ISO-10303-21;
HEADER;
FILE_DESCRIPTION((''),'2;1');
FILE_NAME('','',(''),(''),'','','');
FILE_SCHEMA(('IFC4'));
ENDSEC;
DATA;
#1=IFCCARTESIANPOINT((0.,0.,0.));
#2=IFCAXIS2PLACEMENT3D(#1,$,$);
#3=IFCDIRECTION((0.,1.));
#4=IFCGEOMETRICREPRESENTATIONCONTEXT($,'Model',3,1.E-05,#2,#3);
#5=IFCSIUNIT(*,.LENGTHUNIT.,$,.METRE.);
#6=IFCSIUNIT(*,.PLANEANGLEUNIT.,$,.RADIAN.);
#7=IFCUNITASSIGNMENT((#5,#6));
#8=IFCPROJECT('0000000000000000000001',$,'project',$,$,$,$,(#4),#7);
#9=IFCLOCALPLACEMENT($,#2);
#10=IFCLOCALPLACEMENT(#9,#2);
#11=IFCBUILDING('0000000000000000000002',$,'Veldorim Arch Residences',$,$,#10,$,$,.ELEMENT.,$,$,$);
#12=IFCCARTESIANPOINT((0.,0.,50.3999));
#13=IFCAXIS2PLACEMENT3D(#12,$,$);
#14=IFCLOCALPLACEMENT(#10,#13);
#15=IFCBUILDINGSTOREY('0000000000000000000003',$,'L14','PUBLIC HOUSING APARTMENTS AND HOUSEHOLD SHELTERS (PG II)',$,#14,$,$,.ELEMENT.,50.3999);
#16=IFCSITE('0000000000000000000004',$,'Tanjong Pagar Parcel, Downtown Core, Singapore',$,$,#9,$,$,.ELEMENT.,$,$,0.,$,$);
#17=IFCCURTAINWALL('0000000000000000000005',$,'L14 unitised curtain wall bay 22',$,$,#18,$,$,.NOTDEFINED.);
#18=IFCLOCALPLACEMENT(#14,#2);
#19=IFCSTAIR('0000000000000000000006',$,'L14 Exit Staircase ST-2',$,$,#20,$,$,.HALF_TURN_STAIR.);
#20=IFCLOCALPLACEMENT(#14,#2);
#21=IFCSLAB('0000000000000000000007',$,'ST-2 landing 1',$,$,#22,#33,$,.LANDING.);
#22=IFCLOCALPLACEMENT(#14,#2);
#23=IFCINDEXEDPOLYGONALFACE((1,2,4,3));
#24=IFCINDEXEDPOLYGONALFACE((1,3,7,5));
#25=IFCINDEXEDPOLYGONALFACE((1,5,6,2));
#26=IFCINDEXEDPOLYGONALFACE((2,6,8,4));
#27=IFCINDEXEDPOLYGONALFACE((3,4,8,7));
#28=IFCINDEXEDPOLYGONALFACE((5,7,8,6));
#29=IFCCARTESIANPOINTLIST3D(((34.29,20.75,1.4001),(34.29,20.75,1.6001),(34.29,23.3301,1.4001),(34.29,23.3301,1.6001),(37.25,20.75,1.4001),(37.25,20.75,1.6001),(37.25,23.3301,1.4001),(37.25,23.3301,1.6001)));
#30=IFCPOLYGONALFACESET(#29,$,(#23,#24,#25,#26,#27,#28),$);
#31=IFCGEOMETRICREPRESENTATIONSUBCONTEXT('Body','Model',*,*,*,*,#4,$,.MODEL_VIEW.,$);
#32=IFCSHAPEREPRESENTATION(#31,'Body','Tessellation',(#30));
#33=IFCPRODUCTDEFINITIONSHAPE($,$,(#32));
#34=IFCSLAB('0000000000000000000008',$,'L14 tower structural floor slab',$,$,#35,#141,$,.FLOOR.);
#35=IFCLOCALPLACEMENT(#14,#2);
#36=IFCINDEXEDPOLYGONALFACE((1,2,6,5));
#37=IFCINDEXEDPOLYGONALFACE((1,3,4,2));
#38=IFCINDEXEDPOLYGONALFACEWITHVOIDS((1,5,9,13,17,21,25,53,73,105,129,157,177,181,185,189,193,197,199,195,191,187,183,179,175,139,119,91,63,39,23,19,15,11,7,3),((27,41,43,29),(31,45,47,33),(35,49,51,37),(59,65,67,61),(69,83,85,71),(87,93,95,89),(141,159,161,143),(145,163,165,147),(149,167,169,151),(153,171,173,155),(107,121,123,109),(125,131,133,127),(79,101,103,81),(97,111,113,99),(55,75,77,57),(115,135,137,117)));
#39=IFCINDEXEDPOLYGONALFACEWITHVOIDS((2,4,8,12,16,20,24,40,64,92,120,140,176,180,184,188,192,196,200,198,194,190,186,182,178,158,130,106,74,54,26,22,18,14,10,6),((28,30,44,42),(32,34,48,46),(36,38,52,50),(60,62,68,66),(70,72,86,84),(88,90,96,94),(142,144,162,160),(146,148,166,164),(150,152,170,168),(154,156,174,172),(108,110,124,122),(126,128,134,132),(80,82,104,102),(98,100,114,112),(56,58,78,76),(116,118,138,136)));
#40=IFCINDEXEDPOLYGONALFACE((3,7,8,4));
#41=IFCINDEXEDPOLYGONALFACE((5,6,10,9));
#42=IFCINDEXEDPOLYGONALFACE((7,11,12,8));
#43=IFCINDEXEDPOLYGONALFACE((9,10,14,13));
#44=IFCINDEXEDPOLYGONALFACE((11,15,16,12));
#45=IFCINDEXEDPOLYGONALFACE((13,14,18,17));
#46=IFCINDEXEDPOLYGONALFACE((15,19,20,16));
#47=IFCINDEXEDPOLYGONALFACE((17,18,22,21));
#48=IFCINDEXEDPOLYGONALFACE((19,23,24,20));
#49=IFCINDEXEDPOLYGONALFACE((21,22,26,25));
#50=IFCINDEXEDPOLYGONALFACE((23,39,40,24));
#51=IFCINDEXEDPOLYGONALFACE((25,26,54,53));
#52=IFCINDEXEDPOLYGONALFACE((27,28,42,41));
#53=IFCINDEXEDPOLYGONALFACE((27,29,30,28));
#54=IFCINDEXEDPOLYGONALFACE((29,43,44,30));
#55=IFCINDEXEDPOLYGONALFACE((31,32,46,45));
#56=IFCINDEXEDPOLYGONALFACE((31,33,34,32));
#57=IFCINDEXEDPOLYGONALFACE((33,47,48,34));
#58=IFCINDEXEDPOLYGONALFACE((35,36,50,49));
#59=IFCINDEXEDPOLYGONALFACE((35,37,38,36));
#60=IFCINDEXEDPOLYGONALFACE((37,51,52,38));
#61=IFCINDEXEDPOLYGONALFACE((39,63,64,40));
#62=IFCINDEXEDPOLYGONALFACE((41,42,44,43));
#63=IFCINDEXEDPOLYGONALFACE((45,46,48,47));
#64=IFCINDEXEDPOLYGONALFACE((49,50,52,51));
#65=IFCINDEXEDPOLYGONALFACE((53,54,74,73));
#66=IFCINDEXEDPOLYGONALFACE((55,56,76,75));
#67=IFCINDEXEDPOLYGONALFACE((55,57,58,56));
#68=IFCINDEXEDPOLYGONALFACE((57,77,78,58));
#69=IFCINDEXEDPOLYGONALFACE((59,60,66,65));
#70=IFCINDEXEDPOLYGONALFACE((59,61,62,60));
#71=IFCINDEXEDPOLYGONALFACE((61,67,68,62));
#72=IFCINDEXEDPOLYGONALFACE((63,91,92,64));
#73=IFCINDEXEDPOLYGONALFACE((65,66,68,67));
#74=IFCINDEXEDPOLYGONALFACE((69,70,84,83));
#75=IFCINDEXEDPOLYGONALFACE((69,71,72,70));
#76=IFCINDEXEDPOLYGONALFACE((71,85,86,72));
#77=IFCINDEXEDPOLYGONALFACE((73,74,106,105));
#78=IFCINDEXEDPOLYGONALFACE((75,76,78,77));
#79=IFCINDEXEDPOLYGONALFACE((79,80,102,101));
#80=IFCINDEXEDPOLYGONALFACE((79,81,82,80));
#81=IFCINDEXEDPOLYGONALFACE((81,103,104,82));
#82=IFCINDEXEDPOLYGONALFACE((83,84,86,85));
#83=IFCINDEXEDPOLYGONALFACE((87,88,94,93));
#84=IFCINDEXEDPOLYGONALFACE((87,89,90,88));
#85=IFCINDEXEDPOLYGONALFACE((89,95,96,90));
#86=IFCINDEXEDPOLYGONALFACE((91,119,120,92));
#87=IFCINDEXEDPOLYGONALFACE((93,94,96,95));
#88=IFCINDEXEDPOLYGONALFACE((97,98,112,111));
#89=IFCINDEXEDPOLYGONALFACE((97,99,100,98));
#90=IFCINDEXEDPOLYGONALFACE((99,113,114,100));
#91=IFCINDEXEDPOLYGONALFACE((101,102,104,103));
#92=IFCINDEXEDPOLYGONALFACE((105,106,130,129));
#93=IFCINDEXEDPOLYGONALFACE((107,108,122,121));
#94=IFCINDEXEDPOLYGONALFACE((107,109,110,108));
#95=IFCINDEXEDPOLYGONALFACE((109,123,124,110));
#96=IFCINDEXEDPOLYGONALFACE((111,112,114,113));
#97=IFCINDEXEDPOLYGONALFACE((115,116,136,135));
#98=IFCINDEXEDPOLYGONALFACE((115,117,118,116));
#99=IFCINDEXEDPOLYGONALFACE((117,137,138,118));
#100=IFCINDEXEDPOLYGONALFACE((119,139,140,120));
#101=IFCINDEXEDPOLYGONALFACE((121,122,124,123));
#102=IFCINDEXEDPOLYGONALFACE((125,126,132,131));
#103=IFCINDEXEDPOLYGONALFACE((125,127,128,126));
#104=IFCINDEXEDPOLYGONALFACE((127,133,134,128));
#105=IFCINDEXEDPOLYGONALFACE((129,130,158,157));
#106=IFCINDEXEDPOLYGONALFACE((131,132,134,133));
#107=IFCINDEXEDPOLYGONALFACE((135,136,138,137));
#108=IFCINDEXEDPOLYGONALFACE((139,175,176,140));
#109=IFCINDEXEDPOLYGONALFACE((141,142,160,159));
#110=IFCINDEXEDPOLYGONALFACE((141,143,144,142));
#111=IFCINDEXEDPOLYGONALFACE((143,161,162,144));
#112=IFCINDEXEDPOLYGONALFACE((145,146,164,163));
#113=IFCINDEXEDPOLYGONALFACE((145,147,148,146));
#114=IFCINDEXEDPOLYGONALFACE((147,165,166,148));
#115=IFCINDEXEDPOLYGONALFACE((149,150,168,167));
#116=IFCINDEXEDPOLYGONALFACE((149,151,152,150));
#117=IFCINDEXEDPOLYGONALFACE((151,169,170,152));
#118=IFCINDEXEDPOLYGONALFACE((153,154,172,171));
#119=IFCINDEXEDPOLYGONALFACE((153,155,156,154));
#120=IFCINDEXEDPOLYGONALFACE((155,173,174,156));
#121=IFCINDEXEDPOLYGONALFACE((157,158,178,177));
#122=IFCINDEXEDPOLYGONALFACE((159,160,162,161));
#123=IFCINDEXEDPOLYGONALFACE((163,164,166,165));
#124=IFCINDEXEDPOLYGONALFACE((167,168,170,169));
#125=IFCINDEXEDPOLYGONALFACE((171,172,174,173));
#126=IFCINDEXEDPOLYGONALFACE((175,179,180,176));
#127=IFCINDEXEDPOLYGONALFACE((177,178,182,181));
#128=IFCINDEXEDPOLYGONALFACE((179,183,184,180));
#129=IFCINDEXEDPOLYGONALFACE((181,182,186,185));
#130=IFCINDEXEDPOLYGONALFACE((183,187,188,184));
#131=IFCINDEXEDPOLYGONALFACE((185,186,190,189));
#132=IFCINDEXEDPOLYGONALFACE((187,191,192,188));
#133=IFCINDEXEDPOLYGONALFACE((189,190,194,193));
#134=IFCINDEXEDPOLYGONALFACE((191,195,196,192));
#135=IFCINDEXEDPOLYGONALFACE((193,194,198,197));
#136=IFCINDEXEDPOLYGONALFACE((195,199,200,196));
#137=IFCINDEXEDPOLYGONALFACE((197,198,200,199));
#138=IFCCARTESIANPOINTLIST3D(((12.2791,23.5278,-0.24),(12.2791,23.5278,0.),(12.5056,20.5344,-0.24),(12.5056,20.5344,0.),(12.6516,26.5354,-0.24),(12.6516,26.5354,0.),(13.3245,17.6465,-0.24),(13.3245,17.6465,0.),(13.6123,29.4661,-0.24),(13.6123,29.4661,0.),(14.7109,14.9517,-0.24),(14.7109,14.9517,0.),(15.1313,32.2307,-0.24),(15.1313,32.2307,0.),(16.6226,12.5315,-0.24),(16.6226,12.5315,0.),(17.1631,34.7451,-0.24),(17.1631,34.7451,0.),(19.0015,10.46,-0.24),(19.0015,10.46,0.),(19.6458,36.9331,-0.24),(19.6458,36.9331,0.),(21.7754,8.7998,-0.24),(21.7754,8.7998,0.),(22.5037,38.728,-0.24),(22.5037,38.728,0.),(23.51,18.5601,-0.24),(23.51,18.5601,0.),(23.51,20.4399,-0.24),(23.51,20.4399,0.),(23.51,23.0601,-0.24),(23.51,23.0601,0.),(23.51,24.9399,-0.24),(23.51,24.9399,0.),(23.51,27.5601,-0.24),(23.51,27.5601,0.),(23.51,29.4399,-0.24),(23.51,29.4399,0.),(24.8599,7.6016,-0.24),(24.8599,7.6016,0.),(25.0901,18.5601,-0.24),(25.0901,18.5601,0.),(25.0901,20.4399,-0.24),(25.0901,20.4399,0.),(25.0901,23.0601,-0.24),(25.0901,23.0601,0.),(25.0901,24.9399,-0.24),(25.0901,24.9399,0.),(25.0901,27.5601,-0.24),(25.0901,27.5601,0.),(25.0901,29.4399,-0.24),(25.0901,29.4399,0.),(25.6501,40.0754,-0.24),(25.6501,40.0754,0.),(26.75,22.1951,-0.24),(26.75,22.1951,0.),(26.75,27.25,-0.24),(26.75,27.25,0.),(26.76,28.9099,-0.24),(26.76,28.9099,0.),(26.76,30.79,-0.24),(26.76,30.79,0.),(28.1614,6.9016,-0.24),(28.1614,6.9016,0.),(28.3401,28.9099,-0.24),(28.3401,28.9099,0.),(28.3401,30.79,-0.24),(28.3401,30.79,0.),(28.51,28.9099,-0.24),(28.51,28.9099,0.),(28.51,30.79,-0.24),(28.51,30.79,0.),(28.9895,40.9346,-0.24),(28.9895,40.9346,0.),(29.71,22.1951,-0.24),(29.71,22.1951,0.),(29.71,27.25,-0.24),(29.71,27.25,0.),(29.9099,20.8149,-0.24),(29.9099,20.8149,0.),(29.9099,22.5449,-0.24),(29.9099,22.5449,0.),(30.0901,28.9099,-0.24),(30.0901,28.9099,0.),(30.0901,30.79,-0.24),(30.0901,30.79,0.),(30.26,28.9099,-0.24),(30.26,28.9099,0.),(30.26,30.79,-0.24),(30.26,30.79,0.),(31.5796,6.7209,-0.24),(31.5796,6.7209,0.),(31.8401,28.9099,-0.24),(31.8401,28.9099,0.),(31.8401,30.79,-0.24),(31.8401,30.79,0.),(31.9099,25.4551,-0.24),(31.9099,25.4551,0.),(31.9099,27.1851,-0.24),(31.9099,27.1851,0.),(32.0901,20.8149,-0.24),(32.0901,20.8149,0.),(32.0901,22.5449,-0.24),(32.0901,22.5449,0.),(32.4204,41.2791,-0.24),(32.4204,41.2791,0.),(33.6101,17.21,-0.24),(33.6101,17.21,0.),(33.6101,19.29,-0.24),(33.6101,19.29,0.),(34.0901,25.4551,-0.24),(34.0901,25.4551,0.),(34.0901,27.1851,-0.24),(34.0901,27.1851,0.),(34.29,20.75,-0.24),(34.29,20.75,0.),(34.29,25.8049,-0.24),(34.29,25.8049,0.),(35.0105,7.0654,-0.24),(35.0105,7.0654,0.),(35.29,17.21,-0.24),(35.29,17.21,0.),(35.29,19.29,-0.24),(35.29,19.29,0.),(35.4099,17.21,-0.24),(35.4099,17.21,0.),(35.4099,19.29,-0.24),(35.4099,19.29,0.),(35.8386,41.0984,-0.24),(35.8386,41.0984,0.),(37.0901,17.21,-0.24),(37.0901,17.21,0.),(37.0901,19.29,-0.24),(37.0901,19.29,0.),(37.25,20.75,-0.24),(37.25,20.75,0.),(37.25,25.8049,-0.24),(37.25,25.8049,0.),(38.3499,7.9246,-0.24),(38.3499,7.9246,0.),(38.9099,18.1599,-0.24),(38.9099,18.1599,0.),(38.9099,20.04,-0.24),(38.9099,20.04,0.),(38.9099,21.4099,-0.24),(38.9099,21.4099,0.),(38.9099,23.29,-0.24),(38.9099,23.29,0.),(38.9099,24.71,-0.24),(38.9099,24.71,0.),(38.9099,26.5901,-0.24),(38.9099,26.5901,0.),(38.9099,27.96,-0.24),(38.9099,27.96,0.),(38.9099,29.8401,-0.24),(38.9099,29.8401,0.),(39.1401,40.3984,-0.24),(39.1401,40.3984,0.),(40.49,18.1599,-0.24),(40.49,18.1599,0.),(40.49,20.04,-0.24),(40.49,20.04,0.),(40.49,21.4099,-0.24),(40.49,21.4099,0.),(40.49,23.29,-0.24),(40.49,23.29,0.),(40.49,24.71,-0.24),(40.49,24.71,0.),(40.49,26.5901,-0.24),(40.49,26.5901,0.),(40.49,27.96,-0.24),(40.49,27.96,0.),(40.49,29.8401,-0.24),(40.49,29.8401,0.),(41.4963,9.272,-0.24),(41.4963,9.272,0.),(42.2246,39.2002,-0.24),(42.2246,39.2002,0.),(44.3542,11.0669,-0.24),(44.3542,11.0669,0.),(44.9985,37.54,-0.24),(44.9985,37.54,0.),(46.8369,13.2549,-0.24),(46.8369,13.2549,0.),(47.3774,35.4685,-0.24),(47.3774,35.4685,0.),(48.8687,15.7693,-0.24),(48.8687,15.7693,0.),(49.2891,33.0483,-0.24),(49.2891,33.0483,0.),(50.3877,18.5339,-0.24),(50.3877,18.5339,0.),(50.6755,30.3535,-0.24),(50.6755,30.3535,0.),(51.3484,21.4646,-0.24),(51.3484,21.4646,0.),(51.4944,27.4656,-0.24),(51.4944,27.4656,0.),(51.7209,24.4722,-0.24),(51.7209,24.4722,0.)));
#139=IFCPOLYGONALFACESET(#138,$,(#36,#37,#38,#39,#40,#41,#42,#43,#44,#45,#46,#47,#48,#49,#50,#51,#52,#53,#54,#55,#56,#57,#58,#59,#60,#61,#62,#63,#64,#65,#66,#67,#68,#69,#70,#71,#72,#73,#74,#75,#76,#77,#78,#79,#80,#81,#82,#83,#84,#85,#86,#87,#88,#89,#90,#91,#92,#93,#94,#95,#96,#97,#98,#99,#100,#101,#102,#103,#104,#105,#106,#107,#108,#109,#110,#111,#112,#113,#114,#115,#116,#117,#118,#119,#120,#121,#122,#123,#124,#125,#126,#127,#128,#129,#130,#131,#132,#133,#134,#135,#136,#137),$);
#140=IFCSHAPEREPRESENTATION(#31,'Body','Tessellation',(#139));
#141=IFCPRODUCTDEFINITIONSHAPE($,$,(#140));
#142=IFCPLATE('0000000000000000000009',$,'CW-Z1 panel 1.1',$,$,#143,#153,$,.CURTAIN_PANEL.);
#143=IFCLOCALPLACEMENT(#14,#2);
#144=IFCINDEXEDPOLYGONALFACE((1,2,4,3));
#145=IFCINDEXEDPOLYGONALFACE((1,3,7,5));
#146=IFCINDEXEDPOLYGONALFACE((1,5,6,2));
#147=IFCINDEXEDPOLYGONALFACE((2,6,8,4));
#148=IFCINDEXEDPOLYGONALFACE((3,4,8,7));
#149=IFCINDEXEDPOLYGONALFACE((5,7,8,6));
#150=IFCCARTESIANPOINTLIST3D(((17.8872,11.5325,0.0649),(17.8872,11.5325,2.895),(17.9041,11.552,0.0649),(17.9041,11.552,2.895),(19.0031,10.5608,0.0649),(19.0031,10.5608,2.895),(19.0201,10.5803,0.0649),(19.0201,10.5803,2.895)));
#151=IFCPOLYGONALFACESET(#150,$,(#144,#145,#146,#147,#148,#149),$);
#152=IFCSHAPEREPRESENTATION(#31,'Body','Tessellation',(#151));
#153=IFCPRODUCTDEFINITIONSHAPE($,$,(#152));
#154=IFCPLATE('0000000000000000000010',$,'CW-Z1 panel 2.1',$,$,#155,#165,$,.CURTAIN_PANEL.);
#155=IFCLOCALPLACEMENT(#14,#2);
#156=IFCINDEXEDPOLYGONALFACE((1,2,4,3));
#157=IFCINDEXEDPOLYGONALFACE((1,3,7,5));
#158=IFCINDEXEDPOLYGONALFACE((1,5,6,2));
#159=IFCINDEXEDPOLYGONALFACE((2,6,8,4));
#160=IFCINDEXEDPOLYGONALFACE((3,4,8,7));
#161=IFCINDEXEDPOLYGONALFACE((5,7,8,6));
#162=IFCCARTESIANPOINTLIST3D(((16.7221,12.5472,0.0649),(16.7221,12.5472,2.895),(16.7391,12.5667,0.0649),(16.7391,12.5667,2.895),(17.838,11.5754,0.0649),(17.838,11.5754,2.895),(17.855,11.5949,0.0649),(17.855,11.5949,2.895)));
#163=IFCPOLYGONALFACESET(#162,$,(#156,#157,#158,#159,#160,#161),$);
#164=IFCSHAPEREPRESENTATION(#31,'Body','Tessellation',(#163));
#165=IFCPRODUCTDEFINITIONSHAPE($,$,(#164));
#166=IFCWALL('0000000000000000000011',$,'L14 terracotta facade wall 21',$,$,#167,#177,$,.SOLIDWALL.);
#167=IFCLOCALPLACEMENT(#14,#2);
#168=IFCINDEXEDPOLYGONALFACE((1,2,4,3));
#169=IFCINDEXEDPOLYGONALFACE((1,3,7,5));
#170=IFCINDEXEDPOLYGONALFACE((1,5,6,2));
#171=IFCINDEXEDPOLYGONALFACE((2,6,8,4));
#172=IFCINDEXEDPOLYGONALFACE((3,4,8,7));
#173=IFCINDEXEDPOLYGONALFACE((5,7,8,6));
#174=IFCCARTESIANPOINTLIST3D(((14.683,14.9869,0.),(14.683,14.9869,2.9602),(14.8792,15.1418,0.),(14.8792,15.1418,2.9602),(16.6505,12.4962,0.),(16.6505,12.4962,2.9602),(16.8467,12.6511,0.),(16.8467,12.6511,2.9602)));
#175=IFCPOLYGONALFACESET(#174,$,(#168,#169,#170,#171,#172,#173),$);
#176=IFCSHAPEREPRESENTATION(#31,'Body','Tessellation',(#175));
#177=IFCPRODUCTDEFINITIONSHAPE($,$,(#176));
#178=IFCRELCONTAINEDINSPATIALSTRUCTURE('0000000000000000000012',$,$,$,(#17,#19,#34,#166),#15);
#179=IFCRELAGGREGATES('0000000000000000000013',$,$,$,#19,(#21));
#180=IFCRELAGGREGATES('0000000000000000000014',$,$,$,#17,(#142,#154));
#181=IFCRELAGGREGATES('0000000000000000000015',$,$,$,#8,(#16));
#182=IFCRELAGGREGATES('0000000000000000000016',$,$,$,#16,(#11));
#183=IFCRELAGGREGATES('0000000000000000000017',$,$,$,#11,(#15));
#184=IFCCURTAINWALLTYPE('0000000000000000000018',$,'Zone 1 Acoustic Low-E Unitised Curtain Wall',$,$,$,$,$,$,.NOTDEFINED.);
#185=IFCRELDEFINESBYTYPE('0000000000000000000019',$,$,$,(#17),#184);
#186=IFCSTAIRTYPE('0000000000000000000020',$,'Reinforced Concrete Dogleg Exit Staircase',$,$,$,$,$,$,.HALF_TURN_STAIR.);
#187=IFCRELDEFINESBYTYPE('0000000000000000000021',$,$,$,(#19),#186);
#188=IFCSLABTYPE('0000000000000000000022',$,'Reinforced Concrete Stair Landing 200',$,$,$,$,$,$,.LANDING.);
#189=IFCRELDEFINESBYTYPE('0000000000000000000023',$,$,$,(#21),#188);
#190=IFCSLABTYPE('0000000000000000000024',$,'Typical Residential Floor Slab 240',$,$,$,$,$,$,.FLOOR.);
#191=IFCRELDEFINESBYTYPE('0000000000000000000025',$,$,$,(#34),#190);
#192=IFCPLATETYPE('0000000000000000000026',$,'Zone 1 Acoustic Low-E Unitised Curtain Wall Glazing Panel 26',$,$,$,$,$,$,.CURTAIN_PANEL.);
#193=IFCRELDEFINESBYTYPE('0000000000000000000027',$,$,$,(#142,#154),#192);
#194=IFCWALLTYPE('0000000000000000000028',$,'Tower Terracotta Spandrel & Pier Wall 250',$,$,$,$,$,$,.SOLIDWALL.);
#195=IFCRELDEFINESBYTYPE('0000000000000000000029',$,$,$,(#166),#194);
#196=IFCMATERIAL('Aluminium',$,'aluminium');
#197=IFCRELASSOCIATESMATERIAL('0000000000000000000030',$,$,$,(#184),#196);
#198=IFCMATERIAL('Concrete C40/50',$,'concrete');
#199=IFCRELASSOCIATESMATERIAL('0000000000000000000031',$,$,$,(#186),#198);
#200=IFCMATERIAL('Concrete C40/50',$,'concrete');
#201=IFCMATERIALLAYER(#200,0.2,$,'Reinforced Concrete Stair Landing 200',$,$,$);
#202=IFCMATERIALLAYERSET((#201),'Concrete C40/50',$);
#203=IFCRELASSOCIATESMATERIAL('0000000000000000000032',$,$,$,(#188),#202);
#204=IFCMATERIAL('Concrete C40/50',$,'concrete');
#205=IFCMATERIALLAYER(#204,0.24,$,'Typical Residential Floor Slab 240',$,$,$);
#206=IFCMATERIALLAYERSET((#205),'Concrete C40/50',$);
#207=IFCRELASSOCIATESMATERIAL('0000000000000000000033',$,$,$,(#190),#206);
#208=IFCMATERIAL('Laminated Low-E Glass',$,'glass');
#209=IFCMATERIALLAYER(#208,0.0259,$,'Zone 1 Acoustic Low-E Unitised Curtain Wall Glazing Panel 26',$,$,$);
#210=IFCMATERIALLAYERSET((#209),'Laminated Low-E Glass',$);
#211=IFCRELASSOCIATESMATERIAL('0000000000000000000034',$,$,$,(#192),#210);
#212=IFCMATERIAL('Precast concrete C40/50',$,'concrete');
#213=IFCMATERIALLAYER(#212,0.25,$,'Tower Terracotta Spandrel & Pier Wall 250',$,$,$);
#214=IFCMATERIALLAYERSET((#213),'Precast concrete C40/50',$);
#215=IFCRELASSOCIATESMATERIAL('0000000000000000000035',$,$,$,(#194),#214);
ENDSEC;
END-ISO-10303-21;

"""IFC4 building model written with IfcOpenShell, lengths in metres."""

from ifc_helpers import new_model, si_unit, direction, frame, frame_2d, origin, origin_2d, place, context, subcontext, project, spatial, polyline, rectangle, outline, extrude, material, layer, layer_set, type_object, element, aggregate, save


model = new_model("IFC4")

# Units and contexts
model_context = context("Model", 3, precision=1e-05, world=origin(), true_north=direction((0.0, 1.0)))
body_context = subcontext(model_context, "Body", "Model", "MODEL_VIEW")
ifc_project = project(units=[si_unit("LENGTHUNIT", "METRE"), si_unit("PLANEANGLEUNIT", "RADIAN")], contexts=[model_context])

# Site, building, storey
site_placement = place(None, origin())
site = spatial("IfcSite", under=ifc_project, at=site_placement, Name="Tanjong Pagar Parcel, Downtown Core, Singapore", CompositionType="ELEMENT", RefElevation=0.0)
building_placement = place(site_placement, origin())
building = spatial("IfcBuilding", under=site, at=building_placement, Name="Veldorim Arch Residences", CompositionType="ELEMENT")
storey_placement = place(building_placement, frame((0.0, 0.0, 50.3999)))
storey = spatial("IfcBuildingStorey", under=building, at=storey_placement, Name="L14", Description="PUBLIC HOUSING APARTMENTS AND HOUSEHOLD SHELTERS (PG II)", CompositionType="ELEMENT", Elevation=50.3999)

# Curtain wall
ifc_material_1 = material(Name="Aluminium", Category="aluminium")
curtain_wall_type = type_object("IfcCurtainWallType", Name="Zone 1 Acoustic Low-E Unitised Curtain Wall", PredefinedType="NOTDEFINED", material=ifc_material_1)
curtain_wall_placement = place(storey_placement, origin())
curtain_wall = element("IfcCurtainWall", 1, at=curtain_wall_placement, inside=storey, type_object=curtain_wall_type, Name="L14 unitised curtain wall bay 22", PredefinedType="NOTDEFINED")

# Stair, slab
ifc_material_2 = material(Name="Concrete C40/50", Category="concrete")
stair_type = type_object("IfcStairType", Name="Reinforced Concrete Dogleg Exit Staircase", PredefinedType="HALF_TURN_STAIR", material=ifc_material_2)
ifc_material_3 = material(Name="Concrete C40/50", Category="concrete")
ifc_layer_1 = layer(ifc_material_3, 0.2, Name="Reinforced Concrete Stair Landing 200")
ifc_layer_set_1 = layer_set([ifc_layer_1], Name="Concrete C40/50")
slab_type_1 = type_object("IfcSlabType", Name="Reinforced Concrete Stair Landing 200", PredefinedType="LANDING", material=ifc_layer_set_1)
stair_1_placement = place(storey_placement, origin())
stair_1 = element("IfcStair", 2, at=stair_1_placement, inside=storey, type_object=stair_type, Name="L14 Exit Staircase ST-2", PredefinedType="HALF_TURN_STAIR")
slab_1_placement = place(storey_placement, frame((0.0, 0.0, 1.4001)))
slab_1 = element("IfcSlab", 3, at=slab_1_placement, type_object=slab_type_1, Name="ST-2 landing 1", PredefinedType="LANDING", context=body_context, shape_type="SweptSolid", body=[
    extrude(outline(polyline([(34.29, 23.3301), (34.29, 20.75), (37.25, 20.75), (37.25, 23.3301), (34.29, 23.3301)])), origin(), (0.0, 0.0, 1.0), 0.2),
])
aggregate(stair_1, [slab_1])

# Slab
ifc_material_4 = material(Name="Concrete C40/50", Category="concrete")
ifc_layer_2 = layer(ifc_material_4, 0.24, Name="Typical Residential Floor Slab 240")
ifc_layer_set_2 = layer_set([ifc_layer_2], Name="Concrete C40/50")
slab_type_2 = type_object("IfcSlabType", Name="Typical Residential Floor Slab 240", PredefinedType="FLOOR", material=ifc_layer_set_2)
slab_2_placement = place(storey_placement, frame((0.0, 0.0, -0.24)))
element("IfcSlab", 4, at=slab_2_placement, inside=storey, type_object=slab_type_2, Name="L14 tower structural floor slab", PredefinedType="FLOOR", context=body_context, shape_type="SweptSolid", body=[
    extrude(outline(polyline([(51.4944, 27.4656), (50.6755, 30.3535), (49.2891, 33.0483), (47.3774, 35.4685), (44.9985, 37.54), (42.2246, 39.2002), (39.1401, 40.3984), (35.8386, 41.0984), (32.4204, 41.2791), (28.9895, 40.9346), (25.6501, 40.0754), (22.5037, 38.728), (19.6458, 36.9331), (17.1631, 34.7451), (15.1313, 32.2307), (13.6123, 29.4661), (12.6516, 26.5354), (12.2791, 23.5278), (12.5056, 20.5344), (13.3245, 17.6465), (14.7109, 14.9517), (16.6226, 12.5315), (19.0015, 10.46), (21.7754, 8.7998), (24.8599, 7.6016), (28.1614, 6.9016), (31.5796, 6.7209), (35.0105, 7.0654), (38.3499, 7.9246), (41.4963, 9.272), (44.3542, 11.0669), (46.8369, 13.2549), (48.8687, 15.7693), (50.3877, 18.5339), (51.3484, 21.4646), (51.7209, 24.4722), (51.4944, 27.4656)]), holes=[polyline([(23.51, 20.4399), (25.0901, 20.4399), (25.0901, 18.5601), (23.51, 18.5601), (23.51, 20.4399)]), polyline([(29.9099, 22.5449), (32.0901, 22.5449), (32.0901, 20.8149), (29.9099, 20.8149), (29.9099, 22.5449)]), polyline([(23.51, 24.9399), (25.0901, 24.9399), (25.0901, 23.0601), (23.51, 23.0601), (23.51, 24.9399)]), polyline([(26.75, 27.25), (29.71, 27.25), (29.71, 22.1951), (26.75, 22.1951), (26.75, 27.25)]), polyline([(23.51, 29.4399), (25.0901, 29.4399), (25.0901, 27.5601), (23.51, 27.5601), (23.51, 29.4399)]), polyline([(26.76, 30.79), (28.3401, 30.79), (28.3401, 28.9099), (26.76, 28.9099), (26.76, 30.79)]), polyline([(28.51, 30.79), (30.0901, 30.79), (30.0901, 28.9099), (28.51, 28.9099), (28.51, 30.79)]), polyline([(30.26, 30.79), (31.8401, 30.79), (31.8401, 28.9099), (30.26, 28.9099), (30.26, 30.79)]), polyline([(33.6101, 19.29), (35.29, 19.29), (35.29, 17.21), (33.6101, 17.21), (33.6101, 19.29)]), polyline([(35.4099, 19.29), (37.0901, 19.29), (37.0901, 17.21), (35.4099, 17.21), (35.4099, 19.29)]), polyline([(38.9099, 20.04), (40.49, 20.04), (40.49, 18.1599), (38.9099, 18.1599), (38.9099, 20.04)]), polyline([(38.9099, 23.29), (40.49, 23.29), (40.49, 21.4099), (38.9099, 21.4099), (38.9099, 23.29)]), polyline([(34.29, 25.8049), (37.25, 25.8049), (37.25, 20.75), (34.29, 20.75), (34.29, 25.8049)]), polyline([(38.9099, 26.5901), (40.49, 26.5901), (40.49, 24.71), (38.9099, 24.71), (38.9099, 26.5901)]), polyline([(31.9099, 27.1851), (34.0901, 27.1851), (34.0901, 25.4551), (31.9099, 25.4551), (31.9099, 27.1851)]), polyline([(38.9099, 29.8401), (40.49, 29.8401), (40.49, 27.96), (38.9099, 27.96), (38.9099, 29.8401)])]), origin(), (0.0, 0.0, 1.0), 0.24),
])

# Plates
ifc_material_5 = material(Name="Laminated Low-E Glass", Category="glass")
ifc_layer_3 = layer(ifc_material_5, 0.0259, Name="Zone 1 Acoustic Low-E Unitised Curtain Wall Glazing Panel 26")
ifc_layer_set_3 = layer_set([ifc_layer_3], Name="Laminated Low-E Glass")
plate_type = type_object("IfcPlateType", Name="Zone 1 Acoustic Low-E Unitised Curtain Wall Glazing Panel 26", PredefinedType="CURTAIN_PANEL", material=ifc_layer_set_3)
plate_1_placement = place(storey_placement, frame((18.4536, 11.0564, 0.0649), z_axis=(0.0, 0.0, 1.0), x_axis=(-0.754136, 0.656719, 0.0)))
plate_1 = element("IfcPlate", 5, at=plate_1_placement, type_object=plate_type, Name="CW-Z1 panel 1.1", PredefinedType="CURTAIN_PANEL", context=body_context, shape_type="SweptSolid", body=[
    extrude(rectangle(XDim=1.4797, YDim=0.0259, at=origin_2d()), origin(), (0.0, 0.0, 1.0), 2.8301),
])
plate_2_placement = place(storey_placement, frame((17.2886, 12.071, 0.0649), z_axis=(0.0, 0.0, 1.0), x_axis=(-0.754136, 0.656719, 0.0)))
plate_2 = element("IfcPlate", 6, at=plate_2_placement, type_object=plate_type, Name="CW-Z1 panel 2.1", PredefinedType="CURTAIN_PANEL", context=body_context, shape_type="SweptSolid", body=[
    extrude(rectangle(XDim=1.4797, YDim=0.0259, at=origin_2d()), origin(), (0.0, 0.0, 1.0), 2.8301),
])
aggregate(curtain_wall, [plate_1, plate_2])

# Wall
ifc_material_6 = material(Name="Precast concrete C40/50", Category="concrete")
ifc_layer_4 = layer(ifc_material_6, 0.25, Name="Tower Terracotta Spandrel & Pier Wall 250")
ifc_layer_set_4 = layer_set([ifc_layer_4], Name="Precast concrete C40/50")
wall_type = type_object("IfcWallType", Name="Tower Terracotta Spandrel & Pier Wall 250", PredefinedType="SOLIDWALL", material=ifc_layer_set_4)
wall_placement = place(storey_placement, frame((16.7485, 12.5737, 0.0), z_axis=(0.0, 0.0, 1.0), x_axis=(-0.619871, 0.784704, 0.0)))
element("IfcWall", 7, at=wall_placement, inside=storey, type_object=wall_type, Name="L14 terracotta facade wall 21", PredefinedType="SOLIDWALL", context=body_context, shape_type="SweptSolid", body=[
    extrude(rectangle(XDim=3.1741, YDim=0.25, at=frame_2d((1.5869, 0.0))), origin(), (0.0, 0.0, 1.0), 2.9602),
])

save(model, "model.ifc")
